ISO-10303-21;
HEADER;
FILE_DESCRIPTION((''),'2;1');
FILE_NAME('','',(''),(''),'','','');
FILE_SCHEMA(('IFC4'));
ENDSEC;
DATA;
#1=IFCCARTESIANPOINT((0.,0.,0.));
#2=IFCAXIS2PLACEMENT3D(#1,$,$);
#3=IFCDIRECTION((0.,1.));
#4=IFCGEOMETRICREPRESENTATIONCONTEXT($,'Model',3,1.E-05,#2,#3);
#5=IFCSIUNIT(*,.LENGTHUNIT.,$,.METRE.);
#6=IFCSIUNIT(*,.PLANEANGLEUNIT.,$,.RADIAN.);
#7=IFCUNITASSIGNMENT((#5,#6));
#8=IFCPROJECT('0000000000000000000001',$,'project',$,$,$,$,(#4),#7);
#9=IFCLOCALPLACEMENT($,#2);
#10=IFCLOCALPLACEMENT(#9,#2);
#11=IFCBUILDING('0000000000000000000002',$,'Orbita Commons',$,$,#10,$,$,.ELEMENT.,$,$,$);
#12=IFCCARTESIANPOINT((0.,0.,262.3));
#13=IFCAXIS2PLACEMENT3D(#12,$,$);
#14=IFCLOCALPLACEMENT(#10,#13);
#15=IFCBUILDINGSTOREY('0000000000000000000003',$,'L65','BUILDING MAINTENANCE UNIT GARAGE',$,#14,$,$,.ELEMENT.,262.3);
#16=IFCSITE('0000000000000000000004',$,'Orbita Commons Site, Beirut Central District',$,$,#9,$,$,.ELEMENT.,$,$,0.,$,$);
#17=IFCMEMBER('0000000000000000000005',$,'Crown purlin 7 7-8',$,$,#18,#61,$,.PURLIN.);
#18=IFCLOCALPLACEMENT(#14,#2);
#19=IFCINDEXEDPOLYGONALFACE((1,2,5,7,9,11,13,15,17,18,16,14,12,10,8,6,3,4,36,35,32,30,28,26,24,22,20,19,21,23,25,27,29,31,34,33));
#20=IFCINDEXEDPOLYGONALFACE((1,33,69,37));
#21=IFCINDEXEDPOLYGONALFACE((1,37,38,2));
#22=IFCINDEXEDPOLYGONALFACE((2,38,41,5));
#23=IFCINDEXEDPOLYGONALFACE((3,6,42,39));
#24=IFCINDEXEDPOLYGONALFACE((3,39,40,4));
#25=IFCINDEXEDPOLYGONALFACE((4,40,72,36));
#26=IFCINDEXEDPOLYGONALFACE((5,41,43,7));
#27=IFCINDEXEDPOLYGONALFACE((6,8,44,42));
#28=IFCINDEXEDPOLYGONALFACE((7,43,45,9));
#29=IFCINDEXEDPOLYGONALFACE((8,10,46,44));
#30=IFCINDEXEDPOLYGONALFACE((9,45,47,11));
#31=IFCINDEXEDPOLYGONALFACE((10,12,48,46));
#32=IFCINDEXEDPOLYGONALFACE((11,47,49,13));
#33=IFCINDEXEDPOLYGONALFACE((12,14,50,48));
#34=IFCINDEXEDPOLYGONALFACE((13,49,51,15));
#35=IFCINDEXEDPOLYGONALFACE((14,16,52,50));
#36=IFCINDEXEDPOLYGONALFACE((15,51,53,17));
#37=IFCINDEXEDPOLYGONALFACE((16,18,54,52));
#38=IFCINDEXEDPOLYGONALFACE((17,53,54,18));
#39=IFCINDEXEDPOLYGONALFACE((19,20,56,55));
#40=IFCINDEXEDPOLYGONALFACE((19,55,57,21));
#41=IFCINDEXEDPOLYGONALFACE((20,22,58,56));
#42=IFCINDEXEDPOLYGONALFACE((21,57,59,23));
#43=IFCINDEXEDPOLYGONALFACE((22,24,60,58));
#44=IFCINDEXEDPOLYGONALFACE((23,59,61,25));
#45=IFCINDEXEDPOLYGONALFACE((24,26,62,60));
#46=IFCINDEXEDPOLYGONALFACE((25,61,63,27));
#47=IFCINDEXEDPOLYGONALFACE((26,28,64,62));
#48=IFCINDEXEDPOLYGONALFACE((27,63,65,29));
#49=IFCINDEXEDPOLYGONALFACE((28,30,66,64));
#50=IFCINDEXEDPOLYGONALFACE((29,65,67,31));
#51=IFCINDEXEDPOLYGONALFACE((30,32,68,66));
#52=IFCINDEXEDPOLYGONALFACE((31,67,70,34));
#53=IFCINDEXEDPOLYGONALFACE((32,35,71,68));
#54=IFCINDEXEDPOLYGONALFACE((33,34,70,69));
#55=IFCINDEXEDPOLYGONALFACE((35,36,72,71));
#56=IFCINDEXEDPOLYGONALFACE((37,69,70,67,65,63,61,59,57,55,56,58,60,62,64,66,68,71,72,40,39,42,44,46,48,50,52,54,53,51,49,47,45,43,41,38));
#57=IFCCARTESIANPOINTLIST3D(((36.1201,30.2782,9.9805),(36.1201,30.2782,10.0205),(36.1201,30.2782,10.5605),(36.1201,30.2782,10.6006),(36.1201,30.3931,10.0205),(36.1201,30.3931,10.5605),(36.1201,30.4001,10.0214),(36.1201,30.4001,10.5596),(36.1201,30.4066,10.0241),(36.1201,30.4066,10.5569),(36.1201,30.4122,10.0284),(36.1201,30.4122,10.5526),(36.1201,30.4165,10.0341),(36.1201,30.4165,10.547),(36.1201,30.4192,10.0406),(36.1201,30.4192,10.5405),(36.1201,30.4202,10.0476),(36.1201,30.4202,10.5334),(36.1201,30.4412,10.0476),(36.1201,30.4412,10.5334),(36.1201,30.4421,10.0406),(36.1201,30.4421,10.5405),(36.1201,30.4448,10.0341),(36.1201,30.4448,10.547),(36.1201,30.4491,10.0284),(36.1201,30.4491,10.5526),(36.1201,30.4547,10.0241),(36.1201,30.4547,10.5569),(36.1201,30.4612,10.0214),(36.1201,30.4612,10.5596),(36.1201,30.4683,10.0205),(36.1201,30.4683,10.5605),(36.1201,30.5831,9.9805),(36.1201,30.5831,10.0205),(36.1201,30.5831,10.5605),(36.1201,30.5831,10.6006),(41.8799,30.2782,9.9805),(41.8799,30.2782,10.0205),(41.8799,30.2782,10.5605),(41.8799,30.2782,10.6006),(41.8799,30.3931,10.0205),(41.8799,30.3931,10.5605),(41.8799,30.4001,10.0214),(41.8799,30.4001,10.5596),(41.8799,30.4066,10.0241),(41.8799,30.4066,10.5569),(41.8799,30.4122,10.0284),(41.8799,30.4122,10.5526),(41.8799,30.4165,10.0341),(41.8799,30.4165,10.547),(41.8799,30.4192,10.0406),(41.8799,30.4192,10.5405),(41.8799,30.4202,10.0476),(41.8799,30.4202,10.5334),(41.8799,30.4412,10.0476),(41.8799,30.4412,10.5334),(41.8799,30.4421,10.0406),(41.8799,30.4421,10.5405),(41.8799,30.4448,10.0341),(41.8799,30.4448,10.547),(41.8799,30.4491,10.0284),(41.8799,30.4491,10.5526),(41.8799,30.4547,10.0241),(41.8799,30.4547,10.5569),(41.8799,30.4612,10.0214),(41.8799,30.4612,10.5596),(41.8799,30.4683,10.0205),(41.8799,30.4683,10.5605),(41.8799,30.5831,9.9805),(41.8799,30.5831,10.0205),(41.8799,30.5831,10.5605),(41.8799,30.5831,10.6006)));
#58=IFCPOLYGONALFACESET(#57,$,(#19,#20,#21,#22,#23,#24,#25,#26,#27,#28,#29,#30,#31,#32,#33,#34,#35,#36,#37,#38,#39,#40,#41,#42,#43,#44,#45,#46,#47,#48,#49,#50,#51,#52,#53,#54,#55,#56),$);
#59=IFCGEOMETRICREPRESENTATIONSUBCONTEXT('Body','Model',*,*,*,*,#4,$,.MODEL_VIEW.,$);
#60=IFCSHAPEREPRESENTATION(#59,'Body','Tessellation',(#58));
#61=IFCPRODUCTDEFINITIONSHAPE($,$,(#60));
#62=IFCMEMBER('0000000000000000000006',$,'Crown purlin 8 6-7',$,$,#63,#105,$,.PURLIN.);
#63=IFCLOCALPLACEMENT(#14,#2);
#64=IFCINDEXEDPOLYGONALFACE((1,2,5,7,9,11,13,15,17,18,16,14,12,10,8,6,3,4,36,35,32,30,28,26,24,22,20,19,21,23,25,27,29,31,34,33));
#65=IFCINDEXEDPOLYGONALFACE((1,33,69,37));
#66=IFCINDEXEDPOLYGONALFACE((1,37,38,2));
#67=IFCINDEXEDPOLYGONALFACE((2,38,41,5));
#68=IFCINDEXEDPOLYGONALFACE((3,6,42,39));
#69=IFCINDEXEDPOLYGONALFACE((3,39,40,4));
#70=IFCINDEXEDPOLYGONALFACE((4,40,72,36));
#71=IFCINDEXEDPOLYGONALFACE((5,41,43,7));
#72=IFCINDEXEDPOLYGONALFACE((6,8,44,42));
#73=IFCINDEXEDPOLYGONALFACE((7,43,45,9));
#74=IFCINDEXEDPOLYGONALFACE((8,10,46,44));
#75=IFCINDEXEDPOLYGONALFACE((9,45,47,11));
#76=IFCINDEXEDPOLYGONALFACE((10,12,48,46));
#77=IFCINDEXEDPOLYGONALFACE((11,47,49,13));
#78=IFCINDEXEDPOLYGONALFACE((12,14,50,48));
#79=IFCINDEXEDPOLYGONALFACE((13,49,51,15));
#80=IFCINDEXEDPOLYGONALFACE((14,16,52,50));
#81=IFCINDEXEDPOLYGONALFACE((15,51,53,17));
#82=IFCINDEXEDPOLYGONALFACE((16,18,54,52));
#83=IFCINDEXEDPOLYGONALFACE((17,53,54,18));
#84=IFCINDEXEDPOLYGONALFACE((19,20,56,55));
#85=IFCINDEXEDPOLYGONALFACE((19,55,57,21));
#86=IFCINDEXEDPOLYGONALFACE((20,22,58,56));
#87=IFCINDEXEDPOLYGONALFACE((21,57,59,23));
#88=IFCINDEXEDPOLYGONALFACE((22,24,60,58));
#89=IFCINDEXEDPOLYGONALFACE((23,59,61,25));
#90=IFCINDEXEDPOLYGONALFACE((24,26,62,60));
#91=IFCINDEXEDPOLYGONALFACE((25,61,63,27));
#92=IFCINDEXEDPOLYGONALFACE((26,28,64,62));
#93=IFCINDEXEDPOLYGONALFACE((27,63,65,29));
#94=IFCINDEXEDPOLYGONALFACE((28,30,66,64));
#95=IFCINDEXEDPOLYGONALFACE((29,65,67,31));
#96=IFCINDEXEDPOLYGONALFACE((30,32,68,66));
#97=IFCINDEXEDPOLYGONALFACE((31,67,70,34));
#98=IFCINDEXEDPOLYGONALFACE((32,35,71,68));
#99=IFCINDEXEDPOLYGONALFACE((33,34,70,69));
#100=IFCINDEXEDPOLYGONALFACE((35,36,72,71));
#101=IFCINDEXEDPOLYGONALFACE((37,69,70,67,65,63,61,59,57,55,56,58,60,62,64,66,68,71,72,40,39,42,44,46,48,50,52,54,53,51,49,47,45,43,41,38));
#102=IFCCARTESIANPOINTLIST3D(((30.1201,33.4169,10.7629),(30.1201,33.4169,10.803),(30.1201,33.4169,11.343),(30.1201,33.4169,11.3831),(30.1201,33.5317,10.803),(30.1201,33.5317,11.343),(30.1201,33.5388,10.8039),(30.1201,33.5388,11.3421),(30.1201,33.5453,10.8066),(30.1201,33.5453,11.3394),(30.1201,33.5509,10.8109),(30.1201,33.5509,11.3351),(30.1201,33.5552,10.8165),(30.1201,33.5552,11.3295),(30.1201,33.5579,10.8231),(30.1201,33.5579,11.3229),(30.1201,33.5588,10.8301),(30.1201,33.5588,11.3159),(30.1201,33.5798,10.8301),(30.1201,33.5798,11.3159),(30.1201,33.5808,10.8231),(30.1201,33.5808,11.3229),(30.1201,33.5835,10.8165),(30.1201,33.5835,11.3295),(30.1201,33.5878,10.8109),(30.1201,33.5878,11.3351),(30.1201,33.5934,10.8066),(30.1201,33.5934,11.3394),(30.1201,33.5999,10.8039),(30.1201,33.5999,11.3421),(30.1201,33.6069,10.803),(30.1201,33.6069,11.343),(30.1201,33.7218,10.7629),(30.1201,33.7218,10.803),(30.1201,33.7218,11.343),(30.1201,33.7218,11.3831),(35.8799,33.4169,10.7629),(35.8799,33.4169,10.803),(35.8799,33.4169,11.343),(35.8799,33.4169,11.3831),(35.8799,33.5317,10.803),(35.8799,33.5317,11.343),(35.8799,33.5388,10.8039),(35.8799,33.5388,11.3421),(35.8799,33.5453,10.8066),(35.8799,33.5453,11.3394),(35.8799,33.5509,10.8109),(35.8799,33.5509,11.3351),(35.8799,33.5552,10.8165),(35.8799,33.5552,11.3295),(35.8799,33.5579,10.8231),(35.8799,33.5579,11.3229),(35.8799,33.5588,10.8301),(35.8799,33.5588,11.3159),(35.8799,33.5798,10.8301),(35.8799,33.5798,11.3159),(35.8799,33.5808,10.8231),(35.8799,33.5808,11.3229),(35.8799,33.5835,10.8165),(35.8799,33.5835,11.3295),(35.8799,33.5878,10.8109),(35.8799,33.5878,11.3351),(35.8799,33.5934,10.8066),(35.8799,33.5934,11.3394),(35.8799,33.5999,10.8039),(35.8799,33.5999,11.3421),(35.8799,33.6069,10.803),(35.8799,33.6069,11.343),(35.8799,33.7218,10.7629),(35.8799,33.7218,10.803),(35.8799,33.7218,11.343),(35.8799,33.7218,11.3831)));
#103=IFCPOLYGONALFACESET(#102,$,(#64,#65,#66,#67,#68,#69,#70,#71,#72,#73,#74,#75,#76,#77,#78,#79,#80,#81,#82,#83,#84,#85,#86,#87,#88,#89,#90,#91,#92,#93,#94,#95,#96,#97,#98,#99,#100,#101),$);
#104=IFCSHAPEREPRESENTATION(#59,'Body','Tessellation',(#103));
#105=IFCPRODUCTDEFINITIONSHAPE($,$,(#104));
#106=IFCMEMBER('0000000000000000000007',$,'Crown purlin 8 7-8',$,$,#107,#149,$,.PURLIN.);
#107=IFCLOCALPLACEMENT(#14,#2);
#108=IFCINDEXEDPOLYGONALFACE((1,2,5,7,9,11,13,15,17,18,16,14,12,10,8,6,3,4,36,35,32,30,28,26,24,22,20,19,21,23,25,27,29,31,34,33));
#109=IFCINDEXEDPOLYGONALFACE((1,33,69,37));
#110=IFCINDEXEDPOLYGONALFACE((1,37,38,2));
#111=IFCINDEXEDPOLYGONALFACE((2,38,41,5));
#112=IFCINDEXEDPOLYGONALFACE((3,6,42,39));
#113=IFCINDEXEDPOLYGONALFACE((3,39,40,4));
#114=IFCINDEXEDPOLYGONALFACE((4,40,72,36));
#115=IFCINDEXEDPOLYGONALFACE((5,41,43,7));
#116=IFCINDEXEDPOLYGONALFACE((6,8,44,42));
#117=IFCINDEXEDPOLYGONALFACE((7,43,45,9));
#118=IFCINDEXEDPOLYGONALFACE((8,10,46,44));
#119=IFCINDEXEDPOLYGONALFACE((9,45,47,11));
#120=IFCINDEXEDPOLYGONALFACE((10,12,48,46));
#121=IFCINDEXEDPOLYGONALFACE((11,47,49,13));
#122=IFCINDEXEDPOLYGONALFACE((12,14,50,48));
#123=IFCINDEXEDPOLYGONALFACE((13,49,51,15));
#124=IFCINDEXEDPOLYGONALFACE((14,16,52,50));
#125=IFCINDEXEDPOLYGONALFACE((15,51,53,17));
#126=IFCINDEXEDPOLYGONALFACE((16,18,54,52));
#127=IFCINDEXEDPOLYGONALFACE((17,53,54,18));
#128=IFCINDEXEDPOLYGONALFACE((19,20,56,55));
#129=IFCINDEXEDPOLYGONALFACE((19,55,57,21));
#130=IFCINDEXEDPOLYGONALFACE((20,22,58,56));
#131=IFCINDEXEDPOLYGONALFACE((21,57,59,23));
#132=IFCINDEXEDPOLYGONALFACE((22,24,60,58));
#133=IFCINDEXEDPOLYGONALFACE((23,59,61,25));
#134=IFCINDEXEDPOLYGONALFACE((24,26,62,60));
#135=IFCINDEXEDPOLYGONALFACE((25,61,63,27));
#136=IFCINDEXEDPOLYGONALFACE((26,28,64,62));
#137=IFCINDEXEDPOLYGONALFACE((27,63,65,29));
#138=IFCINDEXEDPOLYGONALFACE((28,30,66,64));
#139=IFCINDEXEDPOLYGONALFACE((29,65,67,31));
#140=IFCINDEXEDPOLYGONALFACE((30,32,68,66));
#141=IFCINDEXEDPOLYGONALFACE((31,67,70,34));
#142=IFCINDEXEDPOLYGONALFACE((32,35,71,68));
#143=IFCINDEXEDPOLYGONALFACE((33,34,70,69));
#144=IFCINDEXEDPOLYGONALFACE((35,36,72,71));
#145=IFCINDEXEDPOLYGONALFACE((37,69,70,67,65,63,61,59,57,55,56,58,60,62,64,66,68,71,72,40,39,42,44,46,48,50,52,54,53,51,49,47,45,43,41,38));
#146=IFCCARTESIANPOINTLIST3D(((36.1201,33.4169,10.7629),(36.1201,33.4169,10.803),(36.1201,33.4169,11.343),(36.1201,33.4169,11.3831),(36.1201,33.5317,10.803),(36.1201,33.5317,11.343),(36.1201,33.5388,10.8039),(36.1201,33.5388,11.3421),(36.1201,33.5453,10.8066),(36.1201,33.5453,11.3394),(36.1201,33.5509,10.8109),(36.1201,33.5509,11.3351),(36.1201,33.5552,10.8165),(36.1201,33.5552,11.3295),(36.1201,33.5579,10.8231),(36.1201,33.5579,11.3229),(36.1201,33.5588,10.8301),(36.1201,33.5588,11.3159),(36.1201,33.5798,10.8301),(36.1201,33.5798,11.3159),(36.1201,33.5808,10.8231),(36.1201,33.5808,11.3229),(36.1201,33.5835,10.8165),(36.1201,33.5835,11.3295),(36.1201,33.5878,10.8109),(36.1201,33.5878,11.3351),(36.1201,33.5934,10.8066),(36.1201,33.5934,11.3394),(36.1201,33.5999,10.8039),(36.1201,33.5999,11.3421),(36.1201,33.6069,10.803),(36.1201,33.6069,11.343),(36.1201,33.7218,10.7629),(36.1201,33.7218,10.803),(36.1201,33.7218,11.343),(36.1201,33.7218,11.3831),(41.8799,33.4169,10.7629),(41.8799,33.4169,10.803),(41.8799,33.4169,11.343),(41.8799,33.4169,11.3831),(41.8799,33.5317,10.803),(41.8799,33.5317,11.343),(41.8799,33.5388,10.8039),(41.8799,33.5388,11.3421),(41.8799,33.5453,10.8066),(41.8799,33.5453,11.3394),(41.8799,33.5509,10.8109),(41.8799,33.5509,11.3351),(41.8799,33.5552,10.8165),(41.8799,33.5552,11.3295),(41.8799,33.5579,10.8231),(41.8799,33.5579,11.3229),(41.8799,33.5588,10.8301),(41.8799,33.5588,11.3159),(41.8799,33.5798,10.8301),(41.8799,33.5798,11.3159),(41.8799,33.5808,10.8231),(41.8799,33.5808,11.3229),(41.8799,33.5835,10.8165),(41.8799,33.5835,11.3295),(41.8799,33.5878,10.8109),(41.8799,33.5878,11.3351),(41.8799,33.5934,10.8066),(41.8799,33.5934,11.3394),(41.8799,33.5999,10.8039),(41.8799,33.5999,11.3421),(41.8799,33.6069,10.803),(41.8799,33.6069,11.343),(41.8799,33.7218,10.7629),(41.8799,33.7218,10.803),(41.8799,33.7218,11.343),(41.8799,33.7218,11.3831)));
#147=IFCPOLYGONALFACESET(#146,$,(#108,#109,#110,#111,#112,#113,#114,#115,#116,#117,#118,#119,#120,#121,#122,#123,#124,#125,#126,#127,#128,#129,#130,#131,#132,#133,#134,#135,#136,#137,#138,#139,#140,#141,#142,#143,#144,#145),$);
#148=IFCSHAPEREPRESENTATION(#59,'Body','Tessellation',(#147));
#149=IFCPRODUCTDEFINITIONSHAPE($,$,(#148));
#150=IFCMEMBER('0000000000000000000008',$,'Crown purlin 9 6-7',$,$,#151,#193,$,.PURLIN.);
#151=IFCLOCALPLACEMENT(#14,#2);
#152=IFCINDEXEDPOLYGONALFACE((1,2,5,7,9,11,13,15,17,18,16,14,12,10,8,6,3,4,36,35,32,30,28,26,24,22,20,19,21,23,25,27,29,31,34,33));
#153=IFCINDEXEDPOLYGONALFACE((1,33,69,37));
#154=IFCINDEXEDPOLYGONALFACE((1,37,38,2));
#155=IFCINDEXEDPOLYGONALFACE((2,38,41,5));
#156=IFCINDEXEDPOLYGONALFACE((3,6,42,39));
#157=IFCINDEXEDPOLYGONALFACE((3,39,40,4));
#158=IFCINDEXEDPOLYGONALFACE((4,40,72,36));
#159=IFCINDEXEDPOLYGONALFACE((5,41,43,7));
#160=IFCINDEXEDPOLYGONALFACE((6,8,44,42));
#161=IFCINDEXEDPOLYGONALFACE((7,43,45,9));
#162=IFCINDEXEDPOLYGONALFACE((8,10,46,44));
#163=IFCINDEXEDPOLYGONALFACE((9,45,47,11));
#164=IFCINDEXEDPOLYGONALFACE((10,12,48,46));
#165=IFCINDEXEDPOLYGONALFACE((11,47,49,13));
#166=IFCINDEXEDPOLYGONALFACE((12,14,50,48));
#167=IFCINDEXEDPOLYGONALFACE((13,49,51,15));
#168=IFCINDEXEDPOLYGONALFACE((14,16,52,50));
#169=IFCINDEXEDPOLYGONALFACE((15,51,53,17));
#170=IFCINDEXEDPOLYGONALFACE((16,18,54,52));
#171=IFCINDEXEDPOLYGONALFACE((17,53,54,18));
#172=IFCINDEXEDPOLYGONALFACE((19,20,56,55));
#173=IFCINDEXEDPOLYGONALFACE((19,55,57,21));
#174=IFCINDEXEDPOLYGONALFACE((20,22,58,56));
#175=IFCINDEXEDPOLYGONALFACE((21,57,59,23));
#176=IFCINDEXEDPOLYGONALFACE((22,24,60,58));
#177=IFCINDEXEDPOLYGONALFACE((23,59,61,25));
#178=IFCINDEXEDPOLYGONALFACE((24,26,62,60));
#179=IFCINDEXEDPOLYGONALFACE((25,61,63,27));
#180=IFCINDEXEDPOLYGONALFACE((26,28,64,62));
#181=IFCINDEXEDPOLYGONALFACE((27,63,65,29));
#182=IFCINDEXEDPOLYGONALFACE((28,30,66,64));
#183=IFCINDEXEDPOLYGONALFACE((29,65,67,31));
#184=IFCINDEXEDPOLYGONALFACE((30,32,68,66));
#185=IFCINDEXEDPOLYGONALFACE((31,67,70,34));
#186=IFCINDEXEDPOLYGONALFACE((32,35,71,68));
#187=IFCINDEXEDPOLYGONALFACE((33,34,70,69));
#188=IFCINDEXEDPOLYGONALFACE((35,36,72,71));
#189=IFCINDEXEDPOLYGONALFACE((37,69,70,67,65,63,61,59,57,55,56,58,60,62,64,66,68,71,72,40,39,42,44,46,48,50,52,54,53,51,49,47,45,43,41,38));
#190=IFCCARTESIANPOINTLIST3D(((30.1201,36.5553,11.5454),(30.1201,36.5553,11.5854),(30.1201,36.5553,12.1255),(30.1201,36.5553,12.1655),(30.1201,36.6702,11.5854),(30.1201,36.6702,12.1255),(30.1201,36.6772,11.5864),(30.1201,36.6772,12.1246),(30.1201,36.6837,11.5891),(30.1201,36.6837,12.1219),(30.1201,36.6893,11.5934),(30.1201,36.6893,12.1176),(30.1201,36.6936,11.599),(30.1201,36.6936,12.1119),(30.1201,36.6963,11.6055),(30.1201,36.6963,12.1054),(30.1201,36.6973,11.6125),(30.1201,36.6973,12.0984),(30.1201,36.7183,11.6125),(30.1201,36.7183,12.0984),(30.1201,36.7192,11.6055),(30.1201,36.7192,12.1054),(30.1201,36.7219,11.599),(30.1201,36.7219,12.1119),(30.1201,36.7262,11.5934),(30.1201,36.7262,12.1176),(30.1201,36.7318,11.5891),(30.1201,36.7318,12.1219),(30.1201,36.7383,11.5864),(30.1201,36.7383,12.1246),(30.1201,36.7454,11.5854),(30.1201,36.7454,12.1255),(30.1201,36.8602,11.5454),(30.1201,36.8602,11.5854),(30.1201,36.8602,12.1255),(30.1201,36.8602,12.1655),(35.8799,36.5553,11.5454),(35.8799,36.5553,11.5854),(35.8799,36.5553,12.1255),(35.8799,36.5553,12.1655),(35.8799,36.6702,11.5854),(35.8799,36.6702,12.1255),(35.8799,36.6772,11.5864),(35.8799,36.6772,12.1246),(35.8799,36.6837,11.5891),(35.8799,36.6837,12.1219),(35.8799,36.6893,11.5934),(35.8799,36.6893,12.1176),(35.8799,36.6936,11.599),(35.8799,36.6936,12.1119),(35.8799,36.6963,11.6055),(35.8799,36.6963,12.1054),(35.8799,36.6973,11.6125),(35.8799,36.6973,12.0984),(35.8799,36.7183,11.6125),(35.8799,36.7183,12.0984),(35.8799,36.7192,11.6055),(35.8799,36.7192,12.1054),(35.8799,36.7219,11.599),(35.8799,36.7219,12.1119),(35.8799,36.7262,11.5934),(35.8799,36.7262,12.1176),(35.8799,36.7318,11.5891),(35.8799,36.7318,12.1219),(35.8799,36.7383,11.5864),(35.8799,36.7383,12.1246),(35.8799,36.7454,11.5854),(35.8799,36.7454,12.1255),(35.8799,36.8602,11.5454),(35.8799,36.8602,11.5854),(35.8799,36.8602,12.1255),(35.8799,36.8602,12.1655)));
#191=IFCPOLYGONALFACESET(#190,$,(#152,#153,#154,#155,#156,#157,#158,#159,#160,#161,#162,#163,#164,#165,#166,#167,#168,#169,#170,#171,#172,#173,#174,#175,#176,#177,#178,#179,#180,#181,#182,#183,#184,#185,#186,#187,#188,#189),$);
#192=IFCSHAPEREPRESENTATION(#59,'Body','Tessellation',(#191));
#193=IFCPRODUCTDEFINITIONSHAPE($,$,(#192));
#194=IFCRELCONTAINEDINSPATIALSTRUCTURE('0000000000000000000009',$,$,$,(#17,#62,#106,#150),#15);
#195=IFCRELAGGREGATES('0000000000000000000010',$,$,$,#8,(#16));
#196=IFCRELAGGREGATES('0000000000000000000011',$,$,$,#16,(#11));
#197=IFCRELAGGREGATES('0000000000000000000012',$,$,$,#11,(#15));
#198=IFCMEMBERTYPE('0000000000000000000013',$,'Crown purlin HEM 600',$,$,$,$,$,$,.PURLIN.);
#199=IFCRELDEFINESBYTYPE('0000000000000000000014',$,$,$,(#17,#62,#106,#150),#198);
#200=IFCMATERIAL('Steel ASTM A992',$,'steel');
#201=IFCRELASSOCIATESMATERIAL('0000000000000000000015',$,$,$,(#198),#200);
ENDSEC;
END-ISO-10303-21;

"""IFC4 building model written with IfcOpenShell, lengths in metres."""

from ifc_helpers import new_model, si_unit, direction, frame, origin, origin_2d, place, context, subcontext, project, spatial, i_section, extrude, material, material_profile, profile_set, type_object, element, save


model = new_model("IFC4")

# Units and contexts
model_context = context("Model", 3, precision=1e-05, world=origin(), true_north=direction((0.0, 1.0)))
body_context = subcontext(model_context, "Body", "Model", "MODEL_VIEW")
ifc_project = project(units=[si_unit("LENGTHUNIT", "METRE"), si_unit("PLANEANGLEUNIT", "RADIAN")], contexts=[model_context])

# Site, building, storey
site_placement = place(None, origin())
site = spatial("IfcSite", under=ifc_project, at=site_placement, Name="Orbita Commons Site, Beirut Central District", CompositionType="ELEMENT", RefElevation=0.0)
building_placement = place(site_placement, origin())
building = spatial("IfcBuilding", under=site, at=building_placement, Name="Orbita Commons", CompositionType="ELEMENT")
storey_placement = place(building_placement, frame((0.0, 0.0, 262.3)))
storey = spatial("IfcBuildingStorey", under=building, at=storey_placement, Name="L65", Description="BUILDING MAINTENANCE UNIT GARAGE", CompositionType="ELEMENT", Elevation=262.3)

# Members
ifc_material_1 = material(Name="Steel ASTM A992", Category="steel")
ifc_material_profile_1 = material_profile(ifc_material_1, i_section(OverallWidth=0.3049, OverallDepth=0.6201, WebThickness=0.021, FlangeThickness=0.04, FilletRadius=0.0271, at=origin_2d()), Name="HEM 600")
ifc_profile_set_1 = profile_set([ifc_material_profile_1], Name="Steel ASTM A992")
member_type_1 = type_object("IfcMemberType", Name="Crown purlin HEM 600", PredefinedType="PURLIN", material=ifc_profile_set_1)
for number, where, z_axis, x_axis, name in (
    (1, (36.1201, 30.4307, 10.2905), (1.0, 0.0, 0.0), (0.0, 1.0, 0.0), "Crown purlin 7 7-8"),
    (2, (30.1201, 33.5693, 11.073), (1.0, 0.0, 0.0), (0.0, 1.0, 0.0), "Crown purlin 8 6-7"),
    (3, (36.1201, 33.5693, 11.073), (1.0, 0.0, 0.0), (0.0, 1.0, 0.0), "Crown purlin 8 7-8"),
    (4, (30.1201, 36.7078, 11.8555), (1.0, 0.0, 0.0), (0.0, 1.0, 0.0), "Crown purlin 9 6-7"),
):
    element("IfcMember", number, at=place(storey_placement, frame(where, z_axis=z_axis, x_axis=x_axis)), inside=storey, type_object=member_type_1, Name=name, PredefinedType="PURLIN", context=body_context, shape_type="SweptSolid", body=[
        extrude(i_section(OverallWidth=0.3049, OverallDepth=0.6201, WebThickness=0.021, FlangeThickness=0.04, FilletRadius=0.0271, at=origin_2d()), origin(), (0.0, 0.0, 1.0), 5.7598),
    ])

save(model, "model.ifc")
